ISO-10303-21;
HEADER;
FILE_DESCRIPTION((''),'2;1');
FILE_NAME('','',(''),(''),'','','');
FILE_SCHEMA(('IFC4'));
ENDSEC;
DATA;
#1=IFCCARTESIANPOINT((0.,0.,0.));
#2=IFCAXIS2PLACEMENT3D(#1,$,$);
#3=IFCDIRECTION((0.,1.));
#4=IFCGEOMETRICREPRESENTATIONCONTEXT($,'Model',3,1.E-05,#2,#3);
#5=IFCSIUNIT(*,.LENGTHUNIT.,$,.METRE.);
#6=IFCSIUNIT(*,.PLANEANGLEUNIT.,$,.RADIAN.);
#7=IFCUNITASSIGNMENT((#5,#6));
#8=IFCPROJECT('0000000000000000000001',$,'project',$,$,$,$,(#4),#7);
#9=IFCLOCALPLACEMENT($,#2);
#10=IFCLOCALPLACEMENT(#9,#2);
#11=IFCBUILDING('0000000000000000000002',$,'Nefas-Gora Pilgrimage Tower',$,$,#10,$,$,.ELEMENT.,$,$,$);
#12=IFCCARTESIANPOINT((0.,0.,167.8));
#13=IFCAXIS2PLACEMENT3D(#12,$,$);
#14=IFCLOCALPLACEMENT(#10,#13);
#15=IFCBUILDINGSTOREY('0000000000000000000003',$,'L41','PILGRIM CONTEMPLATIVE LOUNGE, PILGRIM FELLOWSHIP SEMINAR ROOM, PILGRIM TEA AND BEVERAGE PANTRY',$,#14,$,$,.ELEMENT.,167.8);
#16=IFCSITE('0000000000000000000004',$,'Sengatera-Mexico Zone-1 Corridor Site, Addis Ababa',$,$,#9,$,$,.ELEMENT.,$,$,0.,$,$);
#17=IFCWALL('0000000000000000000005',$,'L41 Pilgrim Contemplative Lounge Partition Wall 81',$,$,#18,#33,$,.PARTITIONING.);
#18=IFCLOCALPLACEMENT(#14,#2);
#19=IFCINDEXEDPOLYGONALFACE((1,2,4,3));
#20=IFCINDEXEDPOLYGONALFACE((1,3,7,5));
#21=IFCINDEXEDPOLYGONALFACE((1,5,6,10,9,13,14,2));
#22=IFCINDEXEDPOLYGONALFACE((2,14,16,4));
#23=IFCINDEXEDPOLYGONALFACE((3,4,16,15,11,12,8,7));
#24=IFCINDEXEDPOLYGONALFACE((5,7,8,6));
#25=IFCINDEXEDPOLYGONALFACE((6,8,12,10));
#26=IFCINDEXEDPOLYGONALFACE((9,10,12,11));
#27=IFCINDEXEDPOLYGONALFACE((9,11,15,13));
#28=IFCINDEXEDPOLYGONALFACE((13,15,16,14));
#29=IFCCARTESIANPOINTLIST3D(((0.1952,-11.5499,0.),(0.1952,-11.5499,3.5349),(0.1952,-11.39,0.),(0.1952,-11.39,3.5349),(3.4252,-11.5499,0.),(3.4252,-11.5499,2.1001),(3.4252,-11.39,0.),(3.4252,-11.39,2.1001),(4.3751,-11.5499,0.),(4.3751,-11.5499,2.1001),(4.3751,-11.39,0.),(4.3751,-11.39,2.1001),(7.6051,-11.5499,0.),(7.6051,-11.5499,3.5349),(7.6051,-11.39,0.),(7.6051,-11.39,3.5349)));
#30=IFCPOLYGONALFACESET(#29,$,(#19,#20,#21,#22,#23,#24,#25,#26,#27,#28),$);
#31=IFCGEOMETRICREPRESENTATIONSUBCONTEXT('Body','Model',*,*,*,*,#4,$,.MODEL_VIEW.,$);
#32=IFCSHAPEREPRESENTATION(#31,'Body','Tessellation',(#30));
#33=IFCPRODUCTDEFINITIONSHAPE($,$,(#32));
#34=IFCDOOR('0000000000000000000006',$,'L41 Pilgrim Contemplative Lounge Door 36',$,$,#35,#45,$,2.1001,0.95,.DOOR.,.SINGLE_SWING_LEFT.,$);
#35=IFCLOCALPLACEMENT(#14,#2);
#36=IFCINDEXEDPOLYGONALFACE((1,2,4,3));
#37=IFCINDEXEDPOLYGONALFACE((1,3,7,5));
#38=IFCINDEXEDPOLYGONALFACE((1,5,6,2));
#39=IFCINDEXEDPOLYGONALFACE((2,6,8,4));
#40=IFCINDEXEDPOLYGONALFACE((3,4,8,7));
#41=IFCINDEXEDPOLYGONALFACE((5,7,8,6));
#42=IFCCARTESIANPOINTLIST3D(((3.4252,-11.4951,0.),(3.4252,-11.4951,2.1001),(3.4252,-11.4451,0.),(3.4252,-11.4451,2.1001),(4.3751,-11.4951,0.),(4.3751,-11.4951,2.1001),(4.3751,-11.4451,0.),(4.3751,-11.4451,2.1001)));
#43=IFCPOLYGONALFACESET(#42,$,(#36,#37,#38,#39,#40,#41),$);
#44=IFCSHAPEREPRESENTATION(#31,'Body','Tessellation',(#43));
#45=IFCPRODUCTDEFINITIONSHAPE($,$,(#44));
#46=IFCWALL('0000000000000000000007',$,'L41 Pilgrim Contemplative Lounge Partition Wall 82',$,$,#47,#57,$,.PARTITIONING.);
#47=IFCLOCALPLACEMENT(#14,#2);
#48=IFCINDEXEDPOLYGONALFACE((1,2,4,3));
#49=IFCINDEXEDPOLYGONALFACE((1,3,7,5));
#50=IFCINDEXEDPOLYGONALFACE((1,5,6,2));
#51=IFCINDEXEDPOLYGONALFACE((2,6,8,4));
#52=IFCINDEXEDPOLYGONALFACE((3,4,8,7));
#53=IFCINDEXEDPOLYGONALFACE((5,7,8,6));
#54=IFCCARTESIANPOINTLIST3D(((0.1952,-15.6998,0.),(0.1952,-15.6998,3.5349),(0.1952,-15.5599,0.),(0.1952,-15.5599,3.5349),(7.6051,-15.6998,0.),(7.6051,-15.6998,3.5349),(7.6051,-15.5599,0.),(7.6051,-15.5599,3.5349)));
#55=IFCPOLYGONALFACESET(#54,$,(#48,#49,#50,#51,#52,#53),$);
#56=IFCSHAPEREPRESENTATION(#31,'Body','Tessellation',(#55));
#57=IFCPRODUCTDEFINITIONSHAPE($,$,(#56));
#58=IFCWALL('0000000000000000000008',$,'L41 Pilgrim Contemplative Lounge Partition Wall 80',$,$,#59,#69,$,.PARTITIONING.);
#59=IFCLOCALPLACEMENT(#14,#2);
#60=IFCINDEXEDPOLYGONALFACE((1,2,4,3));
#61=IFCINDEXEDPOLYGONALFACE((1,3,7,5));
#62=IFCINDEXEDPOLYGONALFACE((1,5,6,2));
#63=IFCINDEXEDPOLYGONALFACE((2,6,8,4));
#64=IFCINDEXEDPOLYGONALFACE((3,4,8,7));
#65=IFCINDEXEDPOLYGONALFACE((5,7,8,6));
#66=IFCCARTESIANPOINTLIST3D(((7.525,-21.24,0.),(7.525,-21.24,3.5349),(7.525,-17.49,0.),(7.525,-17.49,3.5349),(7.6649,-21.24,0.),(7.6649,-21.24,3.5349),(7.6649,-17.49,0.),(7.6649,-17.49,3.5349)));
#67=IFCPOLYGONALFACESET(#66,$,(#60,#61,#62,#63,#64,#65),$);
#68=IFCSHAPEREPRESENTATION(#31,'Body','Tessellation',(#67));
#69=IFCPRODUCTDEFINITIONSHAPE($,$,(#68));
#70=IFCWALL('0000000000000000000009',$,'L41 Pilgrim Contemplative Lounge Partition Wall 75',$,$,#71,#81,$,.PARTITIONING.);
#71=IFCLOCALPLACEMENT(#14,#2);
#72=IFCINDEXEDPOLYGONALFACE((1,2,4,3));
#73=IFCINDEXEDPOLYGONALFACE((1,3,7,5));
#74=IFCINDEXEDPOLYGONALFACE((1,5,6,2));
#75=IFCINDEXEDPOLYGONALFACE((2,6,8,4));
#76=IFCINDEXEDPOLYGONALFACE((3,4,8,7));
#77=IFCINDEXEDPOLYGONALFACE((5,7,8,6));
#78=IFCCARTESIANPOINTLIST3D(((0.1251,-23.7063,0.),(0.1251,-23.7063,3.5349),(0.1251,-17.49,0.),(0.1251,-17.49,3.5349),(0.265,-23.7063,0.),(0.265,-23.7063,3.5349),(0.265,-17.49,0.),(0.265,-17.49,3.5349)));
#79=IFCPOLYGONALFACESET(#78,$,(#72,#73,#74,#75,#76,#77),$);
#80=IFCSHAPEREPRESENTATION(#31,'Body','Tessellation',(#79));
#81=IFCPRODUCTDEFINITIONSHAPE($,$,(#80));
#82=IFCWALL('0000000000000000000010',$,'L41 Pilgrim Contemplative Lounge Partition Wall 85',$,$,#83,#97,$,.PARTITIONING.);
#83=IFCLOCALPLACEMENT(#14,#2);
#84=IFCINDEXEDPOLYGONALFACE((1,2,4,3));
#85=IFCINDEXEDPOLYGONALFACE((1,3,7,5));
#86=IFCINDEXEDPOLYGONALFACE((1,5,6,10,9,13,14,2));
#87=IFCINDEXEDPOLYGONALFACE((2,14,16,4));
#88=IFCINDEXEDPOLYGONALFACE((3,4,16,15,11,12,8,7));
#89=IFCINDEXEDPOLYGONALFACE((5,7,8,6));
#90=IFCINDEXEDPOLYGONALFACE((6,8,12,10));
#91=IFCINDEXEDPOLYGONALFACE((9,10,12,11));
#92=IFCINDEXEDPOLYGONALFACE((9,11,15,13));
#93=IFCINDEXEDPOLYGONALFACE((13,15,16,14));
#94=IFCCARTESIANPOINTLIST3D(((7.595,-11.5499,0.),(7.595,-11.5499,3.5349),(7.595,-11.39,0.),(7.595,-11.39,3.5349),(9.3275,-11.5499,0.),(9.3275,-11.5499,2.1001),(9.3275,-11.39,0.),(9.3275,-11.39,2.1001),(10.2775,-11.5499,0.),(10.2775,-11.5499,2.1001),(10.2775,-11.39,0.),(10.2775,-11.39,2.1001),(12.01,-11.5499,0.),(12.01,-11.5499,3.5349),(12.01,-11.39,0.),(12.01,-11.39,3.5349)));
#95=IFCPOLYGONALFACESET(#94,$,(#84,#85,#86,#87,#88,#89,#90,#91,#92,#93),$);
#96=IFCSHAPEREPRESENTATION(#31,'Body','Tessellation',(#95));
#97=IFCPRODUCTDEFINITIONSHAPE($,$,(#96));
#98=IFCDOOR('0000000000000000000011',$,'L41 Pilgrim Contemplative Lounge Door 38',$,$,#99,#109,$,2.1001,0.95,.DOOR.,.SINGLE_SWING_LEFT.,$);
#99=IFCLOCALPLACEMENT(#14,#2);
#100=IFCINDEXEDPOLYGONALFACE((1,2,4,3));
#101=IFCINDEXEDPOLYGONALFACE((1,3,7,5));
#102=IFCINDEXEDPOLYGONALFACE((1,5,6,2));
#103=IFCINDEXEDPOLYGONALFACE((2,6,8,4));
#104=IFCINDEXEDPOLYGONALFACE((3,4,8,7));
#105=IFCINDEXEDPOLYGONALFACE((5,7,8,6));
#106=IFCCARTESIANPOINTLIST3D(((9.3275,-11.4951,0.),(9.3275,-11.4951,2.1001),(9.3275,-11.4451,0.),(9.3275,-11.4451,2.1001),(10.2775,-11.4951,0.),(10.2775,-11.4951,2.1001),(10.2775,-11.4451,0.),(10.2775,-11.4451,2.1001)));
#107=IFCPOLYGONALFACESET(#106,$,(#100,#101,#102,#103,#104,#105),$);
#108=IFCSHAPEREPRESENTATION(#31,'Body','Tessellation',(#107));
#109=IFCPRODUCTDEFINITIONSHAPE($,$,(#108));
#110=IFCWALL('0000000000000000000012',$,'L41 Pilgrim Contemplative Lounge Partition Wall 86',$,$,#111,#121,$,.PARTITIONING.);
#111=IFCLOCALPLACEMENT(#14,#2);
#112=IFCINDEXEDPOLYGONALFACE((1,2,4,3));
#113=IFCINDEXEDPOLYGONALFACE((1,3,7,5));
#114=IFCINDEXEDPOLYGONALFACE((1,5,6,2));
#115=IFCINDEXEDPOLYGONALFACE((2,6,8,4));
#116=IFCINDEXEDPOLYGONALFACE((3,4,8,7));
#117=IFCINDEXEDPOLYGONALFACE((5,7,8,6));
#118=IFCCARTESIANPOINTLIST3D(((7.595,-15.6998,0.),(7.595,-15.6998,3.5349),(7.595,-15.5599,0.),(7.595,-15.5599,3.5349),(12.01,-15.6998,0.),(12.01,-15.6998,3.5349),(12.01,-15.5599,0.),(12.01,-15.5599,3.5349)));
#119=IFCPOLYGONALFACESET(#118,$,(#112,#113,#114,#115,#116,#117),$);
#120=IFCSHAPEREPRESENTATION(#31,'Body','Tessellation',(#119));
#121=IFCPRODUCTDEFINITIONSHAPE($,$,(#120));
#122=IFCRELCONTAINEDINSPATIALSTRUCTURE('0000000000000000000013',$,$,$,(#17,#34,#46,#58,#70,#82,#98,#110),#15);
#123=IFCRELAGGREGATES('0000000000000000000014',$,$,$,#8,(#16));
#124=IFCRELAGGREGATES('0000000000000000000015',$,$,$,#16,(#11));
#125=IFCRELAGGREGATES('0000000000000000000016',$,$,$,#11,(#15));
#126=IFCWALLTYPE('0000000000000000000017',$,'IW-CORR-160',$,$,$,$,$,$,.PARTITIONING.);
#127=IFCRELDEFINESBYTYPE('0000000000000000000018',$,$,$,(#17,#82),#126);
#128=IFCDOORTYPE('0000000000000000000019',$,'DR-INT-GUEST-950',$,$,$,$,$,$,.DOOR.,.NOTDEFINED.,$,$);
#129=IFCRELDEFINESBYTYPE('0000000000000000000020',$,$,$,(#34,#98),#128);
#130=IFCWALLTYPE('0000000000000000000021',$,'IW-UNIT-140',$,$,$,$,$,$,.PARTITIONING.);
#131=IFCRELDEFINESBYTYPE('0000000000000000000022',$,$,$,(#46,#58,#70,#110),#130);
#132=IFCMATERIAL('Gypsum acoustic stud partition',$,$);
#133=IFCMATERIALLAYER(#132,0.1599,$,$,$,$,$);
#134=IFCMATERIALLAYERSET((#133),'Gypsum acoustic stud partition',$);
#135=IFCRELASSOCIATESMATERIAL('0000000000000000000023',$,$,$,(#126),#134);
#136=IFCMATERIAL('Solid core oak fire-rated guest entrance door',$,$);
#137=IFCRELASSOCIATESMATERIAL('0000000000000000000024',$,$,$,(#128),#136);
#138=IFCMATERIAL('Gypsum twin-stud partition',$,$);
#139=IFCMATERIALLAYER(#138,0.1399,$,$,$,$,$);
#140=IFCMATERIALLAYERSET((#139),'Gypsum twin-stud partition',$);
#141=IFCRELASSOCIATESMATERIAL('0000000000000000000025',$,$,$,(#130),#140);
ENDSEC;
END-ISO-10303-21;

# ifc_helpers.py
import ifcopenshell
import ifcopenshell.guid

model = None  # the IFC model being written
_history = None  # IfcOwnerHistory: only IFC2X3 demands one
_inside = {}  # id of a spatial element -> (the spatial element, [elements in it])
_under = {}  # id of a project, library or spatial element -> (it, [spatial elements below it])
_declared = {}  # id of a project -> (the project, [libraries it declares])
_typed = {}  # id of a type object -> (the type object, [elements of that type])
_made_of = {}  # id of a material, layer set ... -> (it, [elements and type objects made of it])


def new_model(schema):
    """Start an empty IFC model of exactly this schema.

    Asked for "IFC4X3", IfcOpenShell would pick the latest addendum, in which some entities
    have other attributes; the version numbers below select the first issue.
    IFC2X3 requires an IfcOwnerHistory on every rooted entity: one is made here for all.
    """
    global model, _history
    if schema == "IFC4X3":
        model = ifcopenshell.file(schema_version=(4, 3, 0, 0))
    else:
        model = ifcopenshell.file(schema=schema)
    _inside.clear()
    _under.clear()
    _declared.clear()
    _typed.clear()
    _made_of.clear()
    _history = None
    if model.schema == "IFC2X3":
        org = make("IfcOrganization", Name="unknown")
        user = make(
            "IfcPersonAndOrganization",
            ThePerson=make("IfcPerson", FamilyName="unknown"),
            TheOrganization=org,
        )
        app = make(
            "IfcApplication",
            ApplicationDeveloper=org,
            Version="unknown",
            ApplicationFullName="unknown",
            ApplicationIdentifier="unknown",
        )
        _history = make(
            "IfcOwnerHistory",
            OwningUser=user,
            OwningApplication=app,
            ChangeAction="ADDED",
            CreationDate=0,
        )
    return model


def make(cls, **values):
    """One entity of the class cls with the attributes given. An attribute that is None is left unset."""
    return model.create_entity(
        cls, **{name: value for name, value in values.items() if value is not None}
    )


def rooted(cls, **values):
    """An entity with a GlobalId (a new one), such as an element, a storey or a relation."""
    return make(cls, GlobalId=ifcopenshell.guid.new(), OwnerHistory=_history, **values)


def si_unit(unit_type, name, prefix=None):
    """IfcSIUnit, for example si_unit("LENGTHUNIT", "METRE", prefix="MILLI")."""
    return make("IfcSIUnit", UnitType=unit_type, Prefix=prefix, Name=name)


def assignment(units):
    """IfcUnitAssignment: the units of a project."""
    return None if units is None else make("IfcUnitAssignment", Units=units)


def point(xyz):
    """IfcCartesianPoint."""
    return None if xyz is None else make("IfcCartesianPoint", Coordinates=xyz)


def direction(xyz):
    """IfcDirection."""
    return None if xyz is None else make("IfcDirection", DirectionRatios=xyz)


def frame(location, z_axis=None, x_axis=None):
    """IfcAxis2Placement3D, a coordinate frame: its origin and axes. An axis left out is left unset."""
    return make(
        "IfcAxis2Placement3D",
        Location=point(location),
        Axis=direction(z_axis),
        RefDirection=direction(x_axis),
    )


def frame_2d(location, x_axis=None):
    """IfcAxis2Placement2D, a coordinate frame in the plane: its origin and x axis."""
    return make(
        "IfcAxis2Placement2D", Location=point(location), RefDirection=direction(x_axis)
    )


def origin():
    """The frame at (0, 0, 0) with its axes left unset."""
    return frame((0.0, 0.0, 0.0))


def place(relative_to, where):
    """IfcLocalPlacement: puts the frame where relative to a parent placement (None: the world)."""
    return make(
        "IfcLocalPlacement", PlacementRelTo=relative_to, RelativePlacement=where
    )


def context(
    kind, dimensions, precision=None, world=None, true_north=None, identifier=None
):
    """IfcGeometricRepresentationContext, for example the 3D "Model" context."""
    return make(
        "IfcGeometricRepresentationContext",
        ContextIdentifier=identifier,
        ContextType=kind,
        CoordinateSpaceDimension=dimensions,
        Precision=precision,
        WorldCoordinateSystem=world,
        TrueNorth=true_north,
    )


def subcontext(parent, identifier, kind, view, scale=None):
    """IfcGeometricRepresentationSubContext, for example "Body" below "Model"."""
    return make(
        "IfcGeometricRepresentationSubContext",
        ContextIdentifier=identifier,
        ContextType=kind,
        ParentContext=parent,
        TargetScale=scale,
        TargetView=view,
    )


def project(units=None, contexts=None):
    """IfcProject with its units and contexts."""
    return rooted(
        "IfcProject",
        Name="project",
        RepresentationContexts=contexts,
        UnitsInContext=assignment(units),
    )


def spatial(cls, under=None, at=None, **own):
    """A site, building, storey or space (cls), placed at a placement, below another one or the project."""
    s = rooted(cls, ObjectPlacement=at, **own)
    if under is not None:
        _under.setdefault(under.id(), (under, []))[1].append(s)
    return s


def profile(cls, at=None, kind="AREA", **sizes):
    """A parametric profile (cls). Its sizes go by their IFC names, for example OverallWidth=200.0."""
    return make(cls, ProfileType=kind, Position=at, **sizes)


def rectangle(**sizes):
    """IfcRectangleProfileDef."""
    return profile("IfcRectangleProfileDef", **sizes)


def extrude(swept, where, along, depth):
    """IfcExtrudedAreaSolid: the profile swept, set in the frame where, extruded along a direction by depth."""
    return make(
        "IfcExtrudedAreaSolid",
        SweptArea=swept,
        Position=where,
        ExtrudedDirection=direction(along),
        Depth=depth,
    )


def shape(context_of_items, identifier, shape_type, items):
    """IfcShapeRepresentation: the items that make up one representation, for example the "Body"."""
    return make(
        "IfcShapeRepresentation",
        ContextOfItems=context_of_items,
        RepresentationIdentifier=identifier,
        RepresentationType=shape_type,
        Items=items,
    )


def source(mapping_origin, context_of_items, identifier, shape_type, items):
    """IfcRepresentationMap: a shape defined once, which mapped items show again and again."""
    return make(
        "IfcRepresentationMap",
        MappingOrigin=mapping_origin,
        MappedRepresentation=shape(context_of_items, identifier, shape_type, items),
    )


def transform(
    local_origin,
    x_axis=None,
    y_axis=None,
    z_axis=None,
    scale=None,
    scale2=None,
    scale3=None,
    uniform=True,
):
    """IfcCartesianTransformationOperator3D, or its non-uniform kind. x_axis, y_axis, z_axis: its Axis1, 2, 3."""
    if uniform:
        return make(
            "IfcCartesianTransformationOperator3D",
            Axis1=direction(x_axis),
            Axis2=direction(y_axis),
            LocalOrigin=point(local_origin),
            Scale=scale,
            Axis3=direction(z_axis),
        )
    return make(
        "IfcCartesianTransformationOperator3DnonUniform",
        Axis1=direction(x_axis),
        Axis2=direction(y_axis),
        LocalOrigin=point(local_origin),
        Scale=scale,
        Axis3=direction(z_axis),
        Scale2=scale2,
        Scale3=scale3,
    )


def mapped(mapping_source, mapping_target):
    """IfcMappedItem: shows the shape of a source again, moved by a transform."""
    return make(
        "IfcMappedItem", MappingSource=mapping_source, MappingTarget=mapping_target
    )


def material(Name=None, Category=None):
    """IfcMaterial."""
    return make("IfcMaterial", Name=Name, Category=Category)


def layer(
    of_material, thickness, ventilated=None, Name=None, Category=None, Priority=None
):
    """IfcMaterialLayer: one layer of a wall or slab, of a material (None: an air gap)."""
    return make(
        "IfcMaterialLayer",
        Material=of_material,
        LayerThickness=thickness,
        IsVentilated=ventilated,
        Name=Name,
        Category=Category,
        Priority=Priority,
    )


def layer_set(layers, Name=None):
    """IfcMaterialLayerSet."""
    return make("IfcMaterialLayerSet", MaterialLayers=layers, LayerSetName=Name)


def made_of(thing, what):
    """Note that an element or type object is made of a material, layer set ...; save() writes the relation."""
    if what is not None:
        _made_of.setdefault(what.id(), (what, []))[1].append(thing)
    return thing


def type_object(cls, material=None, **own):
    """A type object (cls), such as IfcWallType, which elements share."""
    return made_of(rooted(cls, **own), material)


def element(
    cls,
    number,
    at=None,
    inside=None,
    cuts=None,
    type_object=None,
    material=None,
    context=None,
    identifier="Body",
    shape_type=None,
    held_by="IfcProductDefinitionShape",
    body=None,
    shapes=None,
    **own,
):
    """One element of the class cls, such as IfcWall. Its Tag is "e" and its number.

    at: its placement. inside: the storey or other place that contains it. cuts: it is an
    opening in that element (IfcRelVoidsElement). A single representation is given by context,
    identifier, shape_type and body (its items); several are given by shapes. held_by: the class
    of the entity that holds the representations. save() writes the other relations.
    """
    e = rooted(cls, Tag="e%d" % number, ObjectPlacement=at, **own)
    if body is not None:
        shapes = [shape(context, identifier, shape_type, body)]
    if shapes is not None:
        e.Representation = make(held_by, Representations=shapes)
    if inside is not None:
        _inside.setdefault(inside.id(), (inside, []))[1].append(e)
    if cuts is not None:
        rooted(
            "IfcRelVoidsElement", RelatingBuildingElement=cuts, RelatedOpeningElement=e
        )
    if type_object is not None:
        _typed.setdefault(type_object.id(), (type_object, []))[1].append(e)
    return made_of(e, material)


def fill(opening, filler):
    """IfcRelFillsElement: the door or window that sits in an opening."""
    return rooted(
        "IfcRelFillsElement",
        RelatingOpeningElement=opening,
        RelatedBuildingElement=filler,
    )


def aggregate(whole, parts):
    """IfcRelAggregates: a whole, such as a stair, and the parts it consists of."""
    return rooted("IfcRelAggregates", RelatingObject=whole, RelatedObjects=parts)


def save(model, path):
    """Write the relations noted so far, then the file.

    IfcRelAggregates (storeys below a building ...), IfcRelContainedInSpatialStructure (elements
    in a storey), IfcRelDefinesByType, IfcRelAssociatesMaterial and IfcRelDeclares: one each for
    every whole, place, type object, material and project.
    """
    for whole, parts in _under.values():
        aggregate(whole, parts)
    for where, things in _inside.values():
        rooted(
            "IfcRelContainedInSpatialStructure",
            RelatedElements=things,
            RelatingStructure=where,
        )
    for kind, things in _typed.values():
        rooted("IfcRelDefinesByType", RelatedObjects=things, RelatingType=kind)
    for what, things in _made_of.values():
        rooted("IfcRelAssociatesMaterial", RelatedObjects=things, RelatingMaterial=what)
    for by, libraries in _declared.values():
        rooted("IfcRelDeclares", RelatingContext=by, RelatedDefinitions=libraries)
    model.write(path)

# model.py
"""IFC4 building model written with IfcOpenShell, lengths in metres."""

from ifc_helpers import new_model, si_unit, direction, frame, frame_2d, origin, place, context, subcontext, project, spatial, rectangle, extrude, source, transform, mapped, material, layer, layer_set, type_object, element, fill, save


model = new_model("IFC4")

# Units and contexts
model_context = context("Model", 3, precision=1e-05, world=origin(), true_north=direction((0.0, 1.0)))
body_context = subcontext(model_context, "Body", "Model", "MODEL_VIEW")
ifc_project = project(units=[si_unit("LENGTHUNIT", "METRE"), si_unit("PLANEANGLEUNIT", "RADIAN")], contexts=[model_context])

# Site, building, storey
site_placement = place(None, origin())
site = spatial("IfcSite", under=ifc_project, at=site_placement, Name="Sengatera-Mexico Zone-1 Corridor Site, Addis Ababa", CompositionType="ELEMENT", RefElevation=0.0)
building_placement = place(site_placement, origin())
building = spatial("IfcBuilding", under=site, at=building_placement, Name="Nefas-Gora Pilgrimage Tower", CompositionType="ELEMENT")
storey_placement = place(building_placement, frame((0.0, 0.0, 167.8)))
storey = spatial("IfcBuildingStorey", under=building, at=storey_placement, Name="L41", Description="PILGRIM CONTEMPLATIVE LOUNGE, PILGRIM FELLOWSHIP SEMINAR ROOM, PILGRIM TEA AND BEVERAGE PANTRY", CompositionType="ELEMENT", Elevation=167.8)

# Shared definitions
ifc_material_1 = material(Name="Gypsum acoustic stud partition")
ifc_layer_1 = layer(ifc_material_1, 0.1599)
ifc_layer_set_1 = layer_set([ifc_layer_1], Name="Gypsum acoustic stud partition")
wall_type_1 = type_object("IfcWallType", Name="IW-CORR-160", PredefinedType="PARTITIONING", material=ifc_layer_set_1)
ifc_material_2 = material(Name="Solid core oak fire-rated guest entrance door")
door_type = type_object("IfcDoorType", Name="DR-INT-GUEST-950", OperationType="NOTDEFINED", PredefinedType="DOOR", material=ifc_material_2)
shared_shape_1 = source(origin(), body_context, "Body", "SweptSolid", [
    extrude(rectangle(XDim=0.95, YDim=2.1001, at=frame_2d((0.4751, 1.05))), frame((0.0, 0.0249, 0.0), z_axis=(0.0, -1.0, 0.0), x_axis=(1.0, 0.0, 0.0)), (0.0, 0.0, 1.0), 0.05),
])

# Shared definitions
ifc_material_3 = material(Name="Gypsum twin-stud partition")
ifc_layer_2 = layer(ifc_material_3, 0.1399)
ifc_layer_set_2 = layer_set([ifc_layer_2], Name="Gypsum twin-stud partition")
wall_type_2 = type_object("IfcWallType", Name="IW-UNIT-140", PredefinedType="PARTITIONING", material=ifc_layer_set_2)

# Wall, opening, door
shared_shape_2 = source(origin(), body_context, "Body", "SweptSolid", [
    extrude(rectangle(XDim=7.4099, YDim=0.1599, at=frame_2d((3.7051, 0.0))), origin(), (0.0, 0.0, 1.0), 3.5349),
])
wall_1_placement = place(storey_placement, frame((0.1951, -11.47, 0.0), z_axis=(0.0, 0.0, 1.0), x_axis=(1.0, 0.0, 0.0)))
wall_1 = element("IfcWall", 1, at=wall_1_placement, inside=storey, type_object=wall_type_1, Name="L41 Pilgrim Contemplative Lounge Partition Wall 81", PredefinedType="PARTITIONING", context=body_context, shape_type="MappedRepresentation", body=[
    mapped(shared_shape_2, transform((0.0, 0.0, 0.0), x_axis=(1.0, 0.0, 0.0), y_axis=(0.0, 1.0, 0.0), z_axis=(0.0, 0.0, 1.0), scale=1.0)),
])
opening_1_placement = place(wall_1_placement, frame((3.23, 0.0, 0.0)))
opening_1 = element("IfcOpeningElement", 2, at=opening_1_placement, cuts=wall_1, PredefinedType="OPENING", context=body_context, shape_type="SweptSolid", body=[
    extrude(rectangle(XDim=0.95, YDim=2.1001, at=frame_2d((0.4751, 1.05))), frame((0.0, 0.0898, 0.0), z_axis=(0.0, -1.0, 0.0), x_axis=(1.0, 0.0, 0.0)), (0.0, 0.0, 1.0), 0.1799),
])
door_1_placement = place(opening_1_placement, origin())
door_1 = element("IfcDoor", 3, at=door_1_placement, inside=storey, type_object=door_type, Name="L41 Pilgrim Contemplative Lounge Door 36", OperationType="SINGLE_SWING_LEFT", OverallHeight=2.1001, OverallWidth=0.95, PredefinedType="DOOR", context=body_context, shape_type="MappedRepresentation", body=[
    mapped(shared_shape_1, transform((0.0, 0.0, 0.0), x_axis=(1.0, 0.0, 0.0), y_axis=(0.0, 1.0, 0.0), z_axis=(0.0, 0.0, 1.0), scale=1.0)),
])
fill(opening_1, door_1)

# Walls
shared_shape_3 = source(origin(), body_context, "Body", "SweptSolid", [
    extrude(rectangle(XDim=7.4099, YDim=0.1399, at=frame_2d((3.7051, 0.0))), origin(), (0.0, 0.0, 1.0), 3.5349),
])
wall_2_placement = place(storey_placement, frame((0.1951, -15.6299, 0.0), z_axis=(0.0, 0.0, 1.0), x_axis=(1.0, 0.0, 0.0)))
element("IfcWall", 4, at=wall_2_placement, inside=storey, type_object=wall_type_2, Name="L41 Pilgrim Contemplative Lounge Partition Wall 82", PredefinedType="PARTITIONING", context=body_context, shape_type="MappedRepresentation", body=[
    mapped(shared_shape_3, transform((0.0, 0.0, 0.0), x_axis=(1.0, 0.0, 0.0), y_axis=(0.0, 1.0, 0.0), z_axis=(0.0, 0.0, 1.0), scale=1.0)),
])
shared_shape_4 = source(origin(), body_context, "Body", "SweptSolid", [
    extrude(rectangle(XDim=3.75, YDim=0.1399, at=frame_2d((1.875, 0.0))), origin(), (0.0, 0.0, 1.0), 3.5349),
])
wall_3_placement = place(storey_placement, frame((7.595, -21.24, 0.0), z_axis=(0.0, 0.0, 1.0), x_axis=(0.0, 1.0, 0.0)))
element("IfcWall", 5, at=wall_3_placement, inside=storey, type_object=wall_type_2, Name="L41 Pilgrim Contemplative Lounge Partition Wall 80", PredefinedType="PARTITIONING", context=body_context, shape_type="MappedRepresentation", body=[
    mapped(shared_shape_4, transform((0.0, 0.0, 0.0), x_axis=(1.0, 0.0, 0.0), y_axis=(0.0, 1.0, 0.0), z_axis=(0.0, 0.0, 1.0), scale=1.0)),
])
shared_shape_5 = source(origin(), body_context, "Body", "SweptSolid", [
    extrude(rectangle(XDim=6.2163, YDim=0.1399, at=frame_2d((3.1082, 0.0))), origin(), (0.0, 0.0, 1.0), 3.5349),
])
wall_4_placement = place(storey_placement, frame((0.1951, -23.7063, 0.0), z_axis=(0.0, 0.0, 1.0), x_axis=(0.0, 1.0, 0.0)))
element("IfcWall", 6, at=wall_4_placement, inside=storey, type_object=wall_type_2, Name="L41 Pilgrim Contemplative Lounge Partition Wall 75", PredefinedType="PARTITIONING", context=body_context, shape_type="MappedRepresentation", body=[
    mapped(shared_shape_5, transform((0.0, 0.0, 0.0), x_axis=(1.0, 0.0, 0.0), y_axis=(0.0, 1.0, 0.0), z_axis=(0.0, 0.0, 1.0), scale=1.0)),
])

# Wall, opening, door
shared_shape_6 = source(origin(), body_context, "Body", "SweptSolid", [
    extrude(rectangle(XDim=4.415, YDim=0.1599, at=frame_2d((2.2075, 0.0))), origin(), (0.0, 0.0, 1.0), 3.5349),
])
wall_5_placement = place(storey_placement, frame((7.595, -11.47, 0.0), z_axis=(0.0, 0.0, 1.0), x_axis=(1.0, 0.0, 0.0)))
wall_5 = element("IfcWall", 7, at=wall_5_placement, inside=storey, type_object=wall_type_1, Name="L41 Pilgrim Contemplative Lounge Partition Wall 85", PredefinedType="PARTITIONING", context=body_context, shape_type="MappedRepresentation", body=[
    mapped(shared_shape_6, transform((0.0, 0.0, 0.0), x_axis=(1.0, 0.0, 0.0), y_axis=(0.0, 1.0, 0.0), z_axis=(0.0, 0.0, 1.0), scale=1.0)),
])
opening_2_placement = place(wall_5_placement, frame((1.7324, 0.0, 0.0)))
opening_2 = element("IfcOpeningElement", 8, at=opening_2_placement, cuts=wall_5, PredefinedType="OPENING", context=body_context, shape_type="SweptSolid", body=[
    extrude(rectangle(XDim=0.95, YDim=2.1001, at=frame_2d((0.4751, 1.05))), frame((0.0, 0.0898, 0.0), z_axis=(0.0, -1.0, 0.0), x_axis=(1.0, 0.0, 0.0)), (0.0, 0.0, 1.0), 0.1799),
])
door_2_placement = place(opening_2_placement, origin())
door_2 = element("IfcDoor", 9, at=door_2_placement, inside=storey, type_object=door_type, Name="L41 Pilgrim Contemplative Lounge Door 38", OperationType="SINGLE_SWING_LEFT", OverallHeight=2.1001, OverallWidth=0.95, PredefinedType="DOOR", context=body_context, shape_type="MappedRepresentation", body=[
    mapped(shared_shape_1, transform((0.0, 0.0, 0.0), x_axis=(1.0, 0.0, 0.0), y_axis=(0.0, 1.0, 0.0), z_axis=(0.0, 0.0, 1.0), scale=1.0)),
])
fill(opening_2, door_2)

# Wall
shared_shape_7 = source(origin(), body_context, "Body", "SweptSolid", [
    extrude(rectangle(XDim=4.415, YDim=0.1399, at=frame_2d((2.2075, 0.0))), origin(), (0.0, 0.0, 1.0), 3.5349),
])
wall_6_placement = place(storey_placement, frame((7.595, -15.6299, 0.0), z_axis=(0.0, 0.0, 1.0), x_axis=(1.0, 0.0, 0.0)))
element("IfcWall", 10, at=wall_6_placement, inside=storey, type_object=wall_type_2, Name="L41 Pilgrim Contemplative Lounge Partition Wall 86", PredefinedType="PARTITIONING", context=body_context, shape_type="MappedRepresentation", body=[
    mapped(shared_shape_7, transform((0.0, 0.0, 0.0), x_axis=(1.0, 0.0, 0.0), y_axis=(0.0, 1.0, 0.0), z_axis=(0.0, 0.0, 1.0), scale=1.0)),
])

save(model, "model.ifc")
